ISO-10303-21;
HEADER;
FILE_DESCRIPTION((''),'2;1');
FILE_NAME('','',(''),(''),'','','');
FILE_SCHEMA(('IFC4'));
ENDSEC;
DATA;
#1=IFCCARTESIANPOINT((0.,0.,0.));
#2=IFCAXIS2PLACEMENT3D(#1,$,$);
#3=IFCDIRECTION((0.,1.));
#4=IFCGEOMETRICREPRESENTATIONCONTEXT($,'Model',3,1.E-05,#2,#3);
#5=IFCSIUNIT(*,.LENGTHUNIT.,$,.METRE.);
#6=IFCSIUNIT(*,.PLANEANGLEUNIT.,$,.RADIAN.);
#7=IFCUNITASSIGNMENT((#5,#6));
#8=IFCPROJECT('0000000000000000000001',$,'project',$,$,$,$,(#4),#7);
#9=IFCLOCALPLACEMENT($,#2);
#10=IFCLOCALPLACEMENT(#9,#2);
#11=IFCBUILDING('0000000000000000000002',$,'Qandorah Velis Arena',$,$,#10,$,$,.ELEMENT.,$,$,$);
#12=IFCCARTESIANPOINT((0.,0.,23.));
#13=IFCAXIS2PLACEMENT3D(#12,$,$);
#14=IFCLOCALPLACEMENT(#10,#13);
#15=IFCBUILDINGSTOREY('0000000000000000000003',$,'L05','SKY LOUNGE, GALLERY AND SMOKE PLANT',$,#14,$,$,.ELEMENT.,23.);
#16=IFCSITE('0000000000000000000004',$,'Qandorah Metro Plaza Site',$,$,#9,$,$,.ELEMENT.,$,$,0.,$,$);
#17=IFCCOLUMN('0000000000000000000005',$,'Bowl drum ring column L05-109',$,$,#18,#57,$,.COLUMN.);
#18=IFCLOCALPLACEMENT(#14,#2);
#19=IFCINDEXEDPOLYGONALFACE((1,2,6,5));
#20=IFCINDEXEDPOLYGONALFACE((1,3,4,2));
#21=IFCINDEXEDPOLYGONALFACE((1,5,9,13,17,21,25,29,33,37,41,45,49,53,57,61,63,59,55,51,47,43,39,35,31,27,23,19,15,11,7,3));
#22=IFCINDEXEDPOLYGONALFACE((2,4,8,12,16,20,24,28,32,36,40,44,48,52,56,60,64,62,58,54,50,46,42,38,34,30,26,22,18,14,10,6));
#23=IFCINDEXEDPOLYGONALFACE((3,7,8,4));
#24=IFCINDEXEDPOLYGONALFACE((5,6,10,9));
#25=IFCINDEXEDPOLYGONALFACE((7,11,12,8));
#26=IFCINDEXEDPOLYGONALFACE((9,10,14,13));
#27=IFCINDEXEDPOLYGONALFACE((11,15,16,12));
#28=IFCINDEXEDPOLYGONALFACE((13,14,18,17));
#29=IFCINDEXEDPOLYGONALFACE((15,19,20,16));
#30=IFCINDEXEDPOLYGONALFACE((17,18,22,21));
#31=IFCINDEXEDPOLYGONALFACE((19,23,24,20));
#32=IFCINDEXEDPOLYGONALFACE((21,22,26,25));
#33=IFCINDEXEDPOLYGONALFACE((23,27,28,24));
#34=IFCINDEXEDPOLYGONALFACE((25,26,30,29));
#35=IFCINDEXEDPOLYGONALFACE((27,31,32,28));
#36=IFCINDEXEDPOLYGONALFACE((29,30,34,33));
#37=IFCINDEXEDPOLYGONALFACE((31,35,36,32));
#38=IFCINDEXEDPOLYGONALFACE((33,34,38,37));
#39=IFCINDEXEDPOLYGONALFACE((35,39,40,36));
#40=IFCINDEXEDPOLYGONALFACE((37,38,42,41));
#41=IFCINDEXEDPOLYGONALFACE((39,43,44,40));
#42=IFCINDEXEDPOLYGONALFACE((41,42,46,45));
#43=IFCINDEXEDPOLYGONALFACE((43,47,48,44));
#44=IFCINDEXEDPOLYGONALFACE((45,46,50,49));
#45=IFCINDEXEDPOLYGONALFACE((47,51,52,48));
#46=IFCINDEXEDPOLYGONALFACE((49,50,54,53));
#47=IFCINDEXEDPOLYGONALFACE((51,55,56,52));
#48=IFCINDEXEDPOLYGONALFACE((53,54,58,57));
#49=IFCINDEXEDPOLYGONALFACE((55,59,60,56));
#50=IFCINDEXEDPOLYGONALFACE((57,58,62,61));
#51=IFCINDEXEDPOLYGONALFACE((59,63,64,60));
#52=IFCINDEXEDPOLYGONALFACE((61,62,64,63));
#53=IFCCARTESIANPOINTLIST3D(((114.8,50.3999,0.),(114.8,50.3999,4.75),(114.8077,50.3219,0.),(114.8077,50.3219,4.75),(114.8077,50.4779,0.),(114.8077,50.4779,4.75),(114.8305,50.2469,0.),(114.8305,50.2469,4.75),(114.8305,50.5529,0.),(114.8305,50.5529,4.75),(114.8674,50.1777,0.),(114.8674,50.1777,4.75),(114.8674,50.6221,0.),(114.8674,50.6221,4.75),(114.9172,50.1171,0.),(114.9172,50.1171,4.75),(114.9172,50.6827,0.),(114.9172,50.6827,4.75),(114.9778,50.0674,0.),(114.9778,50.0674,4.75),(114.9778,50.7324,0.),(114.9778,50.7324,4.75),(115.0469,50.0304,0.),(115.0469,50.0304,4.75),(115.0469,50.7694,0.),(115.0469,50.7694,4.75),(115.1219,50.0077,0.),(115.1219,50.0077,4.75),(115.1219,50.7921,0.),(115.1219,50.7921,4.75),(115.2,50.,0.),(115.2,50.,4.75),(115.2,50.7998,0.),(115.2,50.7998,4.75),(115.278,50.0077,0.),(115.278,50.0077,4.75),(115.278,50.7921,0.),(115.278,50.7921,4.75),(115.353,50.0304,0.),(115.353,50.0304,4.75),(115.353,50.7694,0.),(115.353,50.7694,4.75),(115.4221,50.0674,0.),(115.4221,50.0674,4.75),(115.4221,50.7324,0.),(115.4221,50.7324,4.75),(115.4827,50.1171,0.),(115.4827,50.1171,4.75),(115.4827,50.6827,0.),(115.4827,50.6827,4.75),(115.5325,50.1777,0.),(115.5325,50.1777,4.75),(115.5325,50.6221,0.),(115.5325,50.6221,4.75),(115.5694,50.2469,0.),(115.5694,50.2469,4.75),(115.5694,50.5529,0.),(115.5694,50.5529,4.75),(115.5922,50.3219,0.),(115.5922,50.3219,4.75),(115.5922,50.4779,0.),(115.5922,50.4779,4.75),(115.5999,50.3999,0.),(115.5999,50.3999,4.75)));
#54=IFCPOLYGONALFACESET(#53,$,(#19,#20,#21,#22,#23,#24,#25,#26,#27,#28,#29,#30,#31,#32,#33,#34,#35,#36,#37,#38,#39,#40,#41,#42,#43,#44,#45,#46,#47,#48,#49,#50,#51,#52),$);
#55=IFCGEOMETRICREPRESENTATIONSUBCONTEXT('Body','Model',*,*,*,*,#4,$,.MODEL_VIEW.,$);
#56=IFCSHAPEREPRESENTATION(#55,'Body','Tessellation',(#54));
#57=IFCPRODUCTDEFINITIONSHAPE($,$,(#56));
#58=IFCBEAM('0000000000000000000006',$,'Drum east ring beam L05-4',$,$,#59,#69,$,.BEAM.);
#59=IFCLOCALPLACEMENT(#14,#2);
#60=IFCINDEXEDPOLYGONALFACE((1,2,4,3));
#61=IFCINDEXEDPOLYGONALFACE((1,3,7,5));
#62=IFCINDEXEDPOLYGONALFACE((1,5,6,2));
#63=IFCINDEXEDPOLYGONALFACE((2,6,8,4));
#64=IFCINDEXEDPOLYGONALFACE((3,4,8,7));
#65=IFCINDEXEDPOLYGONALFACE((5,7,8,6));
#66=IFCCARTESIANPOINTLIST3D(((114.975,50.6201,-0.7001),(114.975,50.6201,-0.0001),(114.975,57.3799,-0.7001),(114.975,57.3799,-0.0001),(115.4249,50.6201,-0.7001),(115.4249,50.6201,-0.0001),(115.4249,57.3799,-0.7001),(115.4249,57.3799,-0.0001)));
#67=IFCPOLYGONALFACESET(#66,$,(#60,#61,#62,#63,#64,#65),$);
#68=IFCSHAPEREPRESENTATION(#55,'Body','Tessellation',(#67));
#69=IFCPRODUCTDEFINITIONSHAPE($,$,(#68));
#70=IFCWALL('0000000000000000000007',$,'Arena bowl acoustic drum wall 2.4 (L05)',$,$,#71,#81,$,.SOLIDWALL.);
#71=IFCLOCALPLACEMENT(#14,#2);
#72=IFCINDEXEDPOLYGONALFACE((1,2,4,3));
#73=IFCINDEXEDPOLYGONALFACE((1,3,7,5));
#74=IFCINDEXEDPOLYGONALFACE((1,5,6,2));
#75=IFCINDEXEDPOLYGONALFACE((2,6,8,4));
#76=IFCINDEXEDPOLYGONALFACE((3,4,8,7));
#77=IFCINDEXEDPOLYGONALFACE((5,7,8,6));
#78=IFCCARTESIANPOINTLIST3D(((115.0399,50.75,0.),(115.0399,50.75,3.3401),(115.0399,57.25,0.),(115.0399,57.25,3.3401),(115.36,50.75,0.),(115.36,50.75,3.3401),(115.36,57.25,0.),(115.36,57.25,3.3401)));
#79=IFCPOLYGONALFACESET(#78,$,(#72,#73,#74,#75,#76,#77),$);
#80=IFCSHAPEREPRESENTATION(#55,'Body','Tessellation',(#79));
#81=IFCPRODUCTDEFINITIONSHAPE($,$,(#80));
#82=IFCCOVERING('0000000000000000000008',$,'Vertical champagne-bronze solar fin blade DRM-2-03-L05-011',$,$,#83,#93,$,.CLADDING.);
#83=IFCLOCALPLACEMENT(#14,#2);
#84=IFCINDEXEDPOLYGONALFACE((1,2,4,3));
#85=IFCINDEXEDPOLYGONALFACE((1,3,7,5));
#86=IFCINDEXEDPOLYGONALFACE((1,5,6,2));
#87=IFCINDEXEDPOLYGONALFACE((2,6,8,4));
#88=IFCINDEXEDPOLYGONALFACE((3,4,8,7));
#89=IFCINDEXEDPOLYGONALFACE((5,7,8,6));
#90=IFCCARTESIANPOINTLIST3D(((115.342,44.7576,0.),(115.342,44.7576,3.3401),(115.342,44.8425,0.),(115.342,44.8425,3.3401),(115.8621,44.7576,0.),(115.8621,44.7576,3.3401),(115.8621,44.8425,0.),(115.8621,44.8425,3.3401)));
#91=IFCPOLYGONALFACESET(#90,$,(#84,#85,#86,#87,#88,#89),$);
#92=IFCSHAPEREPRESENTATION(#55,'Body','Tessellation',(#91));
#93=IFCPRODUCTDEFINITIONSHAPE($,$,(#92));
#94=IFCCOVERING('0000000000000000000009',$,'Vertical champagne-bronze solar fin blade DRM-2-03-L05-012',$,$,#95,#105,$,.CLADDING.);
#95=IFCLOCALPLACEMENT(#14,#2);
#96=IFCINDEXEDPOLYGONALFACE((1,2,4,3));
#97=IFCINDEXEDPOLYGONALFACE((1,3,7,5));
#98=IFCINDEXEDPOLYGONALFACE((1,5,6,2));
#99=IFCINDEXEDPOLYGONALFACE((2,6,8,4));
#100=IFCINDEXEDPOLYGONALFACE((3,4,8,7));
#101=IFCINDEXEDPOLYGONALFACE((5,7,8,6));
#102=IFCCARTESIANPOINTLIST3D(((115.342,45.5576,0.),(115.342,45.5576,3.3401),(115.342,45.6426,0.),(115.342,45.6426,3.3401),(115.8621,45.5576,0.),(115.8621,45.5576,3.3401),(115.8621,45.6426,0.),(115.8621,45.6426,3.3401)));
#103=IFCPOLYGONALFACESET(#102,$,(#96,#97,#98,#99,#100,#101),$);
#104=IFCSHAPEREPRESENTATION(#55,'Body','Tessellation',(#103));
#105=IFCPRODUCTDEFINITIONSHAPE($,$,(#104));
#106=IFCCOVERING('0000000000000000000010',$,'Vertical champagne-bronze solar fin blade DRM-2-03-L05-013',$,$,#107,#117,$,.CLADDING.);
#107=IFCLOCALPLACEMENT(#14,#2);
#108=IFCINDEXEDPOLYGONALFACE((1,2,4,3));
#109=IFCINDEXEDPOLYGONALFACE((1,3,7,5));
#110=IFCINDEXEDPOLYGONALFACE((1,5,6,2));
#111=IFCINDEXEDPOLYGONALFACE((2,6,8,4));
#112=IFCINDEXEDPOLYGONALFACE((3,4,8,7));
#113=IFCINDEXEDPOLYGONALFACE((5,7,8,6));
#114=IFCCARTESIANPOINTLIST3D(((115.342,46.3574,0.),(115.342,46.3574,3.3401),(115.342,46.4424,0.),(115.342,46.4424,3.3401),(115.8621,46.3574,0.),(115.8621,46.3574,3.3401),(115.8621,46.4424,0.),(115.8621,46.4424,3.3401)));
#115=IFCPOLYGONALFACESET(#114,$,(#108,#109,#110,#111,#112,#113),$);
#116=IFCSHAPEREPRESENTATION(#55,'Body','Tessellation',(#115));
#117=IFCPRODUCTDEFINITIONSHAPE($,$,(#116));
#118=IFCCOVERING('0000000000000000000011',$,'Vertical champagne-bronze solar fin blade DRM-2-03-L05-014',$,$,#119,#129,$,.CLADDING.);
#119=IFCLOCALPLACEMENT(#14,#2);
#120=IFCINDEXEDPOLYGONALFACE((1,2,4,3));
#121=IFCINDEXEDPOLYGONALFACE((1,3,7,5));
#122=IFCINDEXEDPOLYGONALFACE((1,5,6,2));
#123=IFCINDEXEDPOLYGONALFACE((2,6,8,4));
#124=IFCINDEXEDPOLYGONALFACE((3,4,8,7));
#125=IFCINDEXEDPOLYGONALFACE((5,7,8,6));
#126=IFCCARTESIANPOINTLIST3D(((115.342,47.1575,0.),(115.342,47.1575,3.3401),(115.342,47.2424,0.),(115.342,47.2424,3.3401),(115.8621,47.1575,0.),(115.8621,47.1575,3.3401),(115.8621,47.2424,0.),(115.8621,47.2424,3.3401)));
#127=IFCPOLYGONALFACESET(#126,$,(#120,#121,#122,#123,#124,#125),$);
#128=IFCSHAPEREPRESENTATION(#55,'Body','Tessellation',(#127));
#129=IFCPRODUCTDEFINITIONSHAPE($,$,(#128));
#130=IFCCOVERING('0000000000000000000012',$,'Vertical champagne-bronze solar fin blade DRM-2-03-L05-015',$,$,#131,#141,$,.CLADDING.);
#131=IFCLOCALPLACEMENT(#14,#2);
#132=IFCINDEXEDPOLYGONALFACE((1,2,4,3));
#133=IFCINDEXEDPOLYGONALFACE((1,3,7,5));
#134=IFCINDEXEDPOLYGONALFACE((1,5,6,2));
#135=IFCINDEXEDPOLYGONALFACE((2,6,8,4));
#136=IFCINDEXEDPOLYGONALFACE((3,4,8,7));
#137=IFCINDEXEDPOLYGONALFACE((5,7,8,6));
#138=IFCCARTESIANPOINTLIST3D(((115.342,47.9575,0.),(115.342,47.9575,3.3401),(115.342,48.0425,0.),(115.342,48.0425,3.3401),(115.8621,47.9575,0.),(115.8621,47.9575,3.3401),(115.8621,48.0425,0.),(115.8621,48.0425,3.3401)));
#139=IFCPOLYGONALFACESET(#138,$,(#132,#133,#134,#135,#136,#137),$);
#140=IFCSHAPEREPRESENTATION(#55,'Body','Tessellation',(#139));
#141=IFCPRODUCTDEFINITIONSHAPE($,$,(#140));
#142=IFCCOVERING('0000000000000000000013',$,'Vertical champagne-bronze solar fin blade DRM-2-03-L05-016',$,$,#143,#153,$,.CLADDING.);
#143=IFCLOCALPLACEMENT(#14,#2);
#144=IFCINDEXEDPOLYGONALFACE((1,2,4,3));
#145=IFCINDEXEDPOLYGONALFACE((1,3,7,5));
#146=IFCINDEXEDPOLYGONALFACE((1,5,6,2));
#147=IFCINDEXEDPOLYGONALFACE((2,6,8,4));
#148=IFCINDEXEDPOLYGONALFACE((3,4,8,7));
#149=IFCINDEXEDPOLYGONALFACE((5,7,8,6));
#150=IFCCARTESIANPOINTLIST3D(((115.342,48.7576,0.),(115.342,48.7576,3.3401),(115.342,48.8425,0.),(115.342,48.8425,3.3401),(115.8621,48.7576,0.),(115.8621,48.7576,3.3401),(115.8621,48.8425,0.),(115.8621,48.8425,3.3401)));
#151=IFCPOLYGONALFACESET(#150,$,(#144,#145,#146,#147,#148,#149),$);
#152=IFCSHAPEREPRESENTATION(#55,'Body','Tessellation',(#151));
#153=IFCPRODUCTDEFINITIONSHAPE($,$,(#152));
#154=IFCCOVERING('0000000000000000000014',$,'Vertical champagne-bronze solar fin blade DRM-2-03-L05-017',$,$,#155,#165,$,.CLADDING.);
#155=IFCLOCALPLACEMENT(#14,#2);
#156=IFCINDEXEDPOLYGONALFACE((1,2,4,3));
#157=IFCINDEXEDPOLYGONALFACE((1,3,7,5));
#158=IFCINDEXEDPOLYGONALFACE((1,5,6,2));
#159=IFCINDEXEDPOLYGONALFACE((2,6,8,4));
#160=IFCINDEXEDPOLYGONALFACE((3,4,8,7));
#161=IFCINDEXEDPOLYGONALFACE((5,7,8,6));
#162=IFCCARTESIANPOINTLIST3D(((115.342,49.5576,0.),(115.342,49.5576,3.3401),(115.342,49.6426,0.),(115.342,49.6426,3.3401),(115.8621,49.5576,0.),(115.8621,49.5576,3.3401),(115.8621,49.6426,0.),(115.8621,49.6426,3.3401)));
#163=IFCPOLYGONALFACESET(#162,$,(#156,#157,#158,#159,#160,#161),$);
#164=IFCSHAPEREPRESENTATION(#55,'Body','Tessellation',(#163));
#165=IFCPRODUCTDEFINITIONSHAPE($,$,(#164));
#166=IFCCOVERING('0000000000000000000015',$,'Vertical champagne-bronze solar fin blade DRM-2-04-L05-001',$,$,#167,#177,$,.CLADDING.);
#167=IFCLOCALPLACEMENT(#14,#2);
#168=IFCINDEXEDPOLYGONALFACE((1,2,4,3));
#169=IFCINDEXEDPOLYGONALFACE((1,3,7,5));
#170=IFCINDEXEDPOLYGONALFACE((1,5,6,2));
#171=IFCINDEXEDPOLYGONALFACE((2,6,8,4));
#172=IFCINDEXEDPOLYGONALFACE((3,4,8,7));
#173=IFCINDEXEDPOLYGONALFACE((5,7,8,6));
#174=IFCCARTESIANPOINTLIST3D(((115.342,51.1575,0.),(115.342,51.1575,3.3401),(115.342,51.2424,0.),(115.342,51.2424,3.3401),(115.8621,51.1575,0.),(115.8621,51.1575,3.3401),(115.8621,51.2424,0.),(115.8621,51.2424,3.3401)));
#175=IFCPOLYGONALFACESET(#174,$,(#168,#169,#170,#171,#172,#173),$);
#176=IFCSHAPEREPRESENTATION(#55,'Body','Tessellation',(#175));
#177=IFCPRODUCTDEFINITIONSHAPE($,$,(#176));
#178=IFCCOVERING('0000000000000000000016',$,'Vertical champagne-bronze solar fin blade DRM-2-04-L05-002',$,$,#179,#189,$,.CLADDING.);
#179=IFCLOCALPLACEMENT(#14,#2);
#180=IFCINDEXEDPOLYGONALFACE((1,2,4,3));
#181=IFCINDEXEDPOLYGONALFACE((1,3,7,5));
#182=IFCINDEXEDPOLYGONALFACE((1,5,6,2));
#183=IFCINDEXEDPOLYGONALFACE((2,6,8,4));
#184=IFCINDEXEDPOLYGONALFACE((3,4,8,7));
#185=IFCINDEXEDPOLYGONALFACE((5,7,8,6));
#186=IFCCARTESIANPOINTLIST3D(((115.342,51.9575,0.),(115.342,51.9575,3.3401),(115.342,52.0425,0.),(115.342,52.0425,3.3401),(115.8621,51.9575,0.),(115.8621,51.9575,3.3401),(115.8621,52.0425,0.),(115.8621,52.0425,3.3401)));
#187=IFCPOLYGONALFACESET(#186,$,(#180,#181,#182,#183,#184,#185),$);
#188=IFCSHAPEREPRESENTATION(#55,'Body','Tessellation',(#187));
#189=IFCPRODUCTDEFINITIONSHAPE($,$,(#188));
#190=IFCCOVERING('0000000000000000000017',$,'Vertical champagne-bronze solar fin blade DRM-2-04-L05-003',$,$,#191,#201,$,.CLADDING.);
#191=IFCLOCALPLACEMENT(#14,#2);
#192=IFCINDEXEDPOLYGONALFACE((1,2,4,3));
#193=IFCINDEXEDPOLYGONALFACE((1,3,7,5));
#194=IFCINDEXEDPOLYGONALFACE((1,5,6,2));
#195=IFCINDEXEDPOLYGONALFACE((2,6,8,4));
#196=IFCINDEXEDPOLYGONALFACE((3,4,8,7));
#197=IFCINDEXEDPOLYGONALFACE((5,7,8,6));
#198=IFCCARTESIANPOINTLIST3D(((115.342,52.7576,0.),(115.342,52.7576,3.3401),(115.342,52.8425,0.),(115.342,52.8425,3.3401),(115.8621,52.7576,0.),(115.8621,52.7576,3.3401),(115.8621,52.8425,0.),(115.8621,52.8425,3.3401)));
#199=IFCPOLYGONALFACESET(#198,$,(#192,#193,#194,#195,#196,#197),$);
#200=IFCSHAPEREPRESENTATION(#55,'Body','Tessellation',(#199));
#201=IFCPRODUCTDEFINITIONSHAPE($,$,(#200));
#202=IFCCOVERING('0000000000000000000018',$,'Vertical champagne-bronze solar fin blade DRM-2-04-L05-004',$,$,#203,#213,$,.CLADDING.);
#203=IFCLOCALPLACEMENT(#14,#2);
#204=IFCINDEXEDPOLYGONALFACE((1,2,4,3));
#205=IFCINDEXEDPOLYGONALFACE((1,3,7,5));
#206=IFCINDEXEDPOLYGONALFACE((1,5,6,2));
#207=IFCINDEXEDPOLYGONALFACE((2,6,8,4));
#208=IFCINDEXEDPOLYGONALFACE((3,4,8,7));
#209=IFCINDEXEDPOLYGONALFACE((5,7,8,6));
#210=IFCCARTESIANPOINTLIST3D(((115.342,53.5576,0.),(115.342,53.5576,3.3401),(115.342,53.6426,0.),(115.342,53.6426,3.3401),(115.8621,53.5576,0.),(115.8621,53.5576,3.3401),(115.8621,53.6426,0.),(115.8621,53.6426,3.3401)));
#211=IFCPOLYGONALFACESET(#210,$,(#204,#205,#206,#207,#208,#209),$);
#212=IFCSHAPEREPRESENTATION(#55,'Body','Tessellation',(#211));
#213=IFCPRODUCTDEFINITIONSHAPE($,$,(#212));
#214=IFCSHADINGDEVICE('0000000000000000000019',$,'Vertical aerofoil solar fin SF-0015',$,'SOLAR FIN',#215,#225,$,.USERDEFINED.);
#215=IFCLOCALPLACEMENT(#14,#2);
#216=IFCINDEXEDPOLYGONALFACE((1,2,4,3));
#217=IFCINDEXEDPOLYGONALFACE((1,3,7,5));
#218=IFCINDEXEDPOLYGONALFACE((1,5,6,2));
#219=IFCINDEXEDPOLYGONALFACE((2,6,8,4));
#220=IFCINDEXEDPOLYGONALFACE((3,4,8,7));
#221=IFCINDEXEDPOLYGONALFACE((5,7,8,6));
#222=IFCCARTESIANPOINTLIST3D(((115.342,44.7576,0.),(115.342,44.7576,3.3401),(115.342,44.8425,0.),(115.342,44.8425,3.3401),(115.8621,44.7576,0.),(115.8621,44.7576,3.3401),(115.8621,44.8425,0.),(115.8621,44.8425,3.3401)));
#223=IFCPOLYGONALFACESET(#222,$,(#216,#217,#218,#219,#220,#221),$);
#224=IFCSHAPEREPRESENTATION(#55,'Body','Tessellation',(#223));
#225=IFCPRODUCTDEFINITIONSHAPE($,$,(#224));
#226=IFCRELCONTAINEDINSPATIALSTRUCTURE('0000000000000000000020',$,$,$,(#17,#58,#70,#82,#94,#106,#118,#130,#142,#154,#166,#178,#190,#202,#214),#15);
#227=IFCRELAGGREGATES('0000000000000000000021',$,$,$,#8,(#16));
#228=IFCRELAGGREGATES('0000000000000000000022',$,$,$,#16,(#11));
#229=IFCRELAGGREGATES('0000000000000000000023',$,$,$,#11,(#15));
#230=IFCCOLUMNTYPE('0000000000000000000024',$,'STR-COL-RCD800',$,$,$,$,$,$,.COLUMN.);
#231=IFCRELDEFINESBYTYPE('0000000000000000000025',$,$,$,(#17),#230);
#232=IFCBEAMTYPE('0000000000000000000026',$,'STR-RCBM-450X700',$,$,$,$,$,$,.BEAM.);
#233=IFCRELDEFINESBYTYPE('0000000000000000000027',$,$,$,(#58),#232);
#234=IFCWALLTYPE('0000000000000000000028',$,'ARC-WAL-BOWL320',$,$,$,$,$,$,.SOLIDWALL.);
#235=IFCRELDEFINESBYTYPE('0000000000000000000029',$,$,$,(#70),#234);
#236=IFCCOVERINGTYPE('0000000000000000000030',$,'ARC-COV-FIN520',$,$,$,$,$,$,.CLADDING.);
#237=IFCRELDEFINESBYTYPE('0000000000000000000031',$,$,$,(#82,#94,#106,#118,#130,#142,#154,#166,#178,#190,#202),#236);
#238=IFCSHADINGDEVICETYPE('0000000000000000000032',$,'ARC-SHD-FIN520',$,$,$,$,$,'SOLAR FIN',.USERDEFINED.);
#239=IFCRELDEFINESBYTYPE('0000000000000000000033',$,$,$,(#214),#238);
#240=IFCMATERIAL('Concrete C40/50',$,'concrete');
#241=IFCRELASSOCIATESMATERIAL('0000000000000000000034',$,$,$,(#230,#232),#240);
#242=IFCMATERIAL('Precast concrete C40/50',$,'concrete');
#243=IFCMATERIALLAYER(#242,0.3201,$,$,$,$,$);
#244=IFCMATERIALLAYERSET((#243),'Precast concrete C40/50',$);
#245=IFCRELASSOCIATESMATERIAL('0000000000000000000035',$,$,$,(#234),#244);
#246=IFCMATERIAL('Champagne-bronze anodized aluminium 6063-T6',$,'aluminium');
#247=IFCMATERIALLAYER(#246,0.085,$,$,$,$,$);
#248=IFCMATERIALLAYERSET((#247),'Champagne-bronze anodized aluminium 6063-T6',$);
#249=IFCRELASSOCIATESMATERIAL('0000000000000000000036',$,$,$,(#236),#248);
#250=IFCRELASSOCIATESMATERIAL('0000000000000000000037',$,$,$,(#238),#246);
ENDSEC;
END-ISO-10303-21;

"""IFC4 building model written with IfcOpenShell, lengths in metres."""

from ifc_helpers import new_model, si_unit, direction, frame, frame_2d, origin, origin_2d, place, context, subcontext, project, spatial, rectangle, circle, extrude, material, layer, layer_set, material_profile, profile_set, type_object, element, save


model = new_model("IFC4")

# Units and contexts
model_context = context("Model", 3, precision=1e-05, world=origin(), true_north=direction((0.0, 1.0)))
body_context = subcontext(model_context, "Body", "Model", "MODEL_VIEW")
ifc_project = project(units=[si_unit("LENGTHUNIT", "METRE"), si_unit("PLANEANGLEUNIT", "RADIAN")], contexts=[model_context])

# Site, building, storey
site_placement = place(None, origin())
site = spatial("IfcSite", under=ifc_project, at=site_placement, Name="Qandorah Metro Plaza Site", CompositionType="ELEMENT", RefElevation=0.0)
building_placement = place(site_placement, origin())
building = spatial("IfcBuilding", under=site, at=building_placement, Name="Qandorah Velis Arena", CompositionType="ELEMENT")
storey_placement = place(building_placement, frame((0.0, 0.0, 23.0)))
storey = spatial("IfcBuildingStorey", under=building, at=storey_placement, Name="L05", Description="SKY LOUNGE, GALLERY AND SMOKE PLANT", CompositionType="ELEMENT", Elevation=23.0)

# Column
ifc_material_1 = material(Name="Concrete C40/50", Category="concrete")
ifc_material_profile_1 = material_profile(ifc_material_1, circle(Radius=0.3999, at=origin_2d()), Name="RC D800")
ifc_profile_set_1 = profile_set([ifc_material_profile_1], Name="Concrete C40/50")
column_type = type_object("IfcColumnType", Name="STR-COL-RCD800", PredefinedType="COLUMN", material=ifc_profile_set_1)
column_placement = place(storey_placement, frame((115.2, 50.3999, 0.0), z_axis=(0.0, 0.0, 1.0), x_axis=(1.0, 0.0, 0.0)))
element("IfcColumn", 1, at=column_placement, inside=storey, type_object=column_type, Name="Bowl drum ring column L05-109", PredefinedType="COLUMN", context=body_context, shape_type="SweptSolid", body=[
    extrude(circle(Radius=0.3999, at=origin_2d()), origin(), (0.0, 0.0, 1.0), 4.75),
])

# Beam
ifc_material_profile_2 = material_profile(ifc_material_1, rectangle(XDim=0.45, YDim=0.7, at=origin_2d()), Name="RC BM 450x700")
ifc_profile_set_2 = profile_set([ifc_material_profile_2], Name="Concrete C40/50")
beam_type = type_object("IfcBeamType", Name="STR-RCBM-450X700", PredefinedType="BEAM", material=ifc_profile_set_2)
beam_placement = place(storey_placement, frame((115.2, 50.6201, -0.3501), z_axis=(0.0, 1.0, 0.0), x_axis=(-1.0, 0.0, 0.0)))
element("IfcBeam", 2, at=beam_placement, inside=storey, type_object=beam_type, Name="Drum east ring beam L05-4", PredefinedType="BEAM", context=body_context, shape_type="SweptSolid", body=[
    extrude(rectangle(XDim=0.45, YDim=0.7, at=origin_2d()), origin(), (0.0, 0.0, 1.0), 6.7598),
])

# Wall
ifc_material_2 = material(Name="Precast concrete C40/50", Category="concrete")
ifc_layer_1 = layer(ifc_material_2, 0.3201)
ifc_layer_set_1 = layer_set([ifc_layer_1], Name="Precast concrete C40/50")
wall_type = type_object("IfcWallType", Name="ARC-WAL-BOWL320", PredefinedType="SOLIDWALL", material=ifc_layer_set_1)
wall_placement = place(storey_placement, frame((115.2, 50.75, 0.0), z_axis=(0.0, 0.0, 1.0), x_axis=(0.0, 1.0, 0.0)))
element("IfcWall", 3, at=wall_placement, inside=storey, type_object=wall_type, Name="Arena bowl acoustic drum wall 2.4 (L05)", PredefinedType="SOLIDWALL", context=body_context, shape_type="SweptSolid", body=[
    extrude(rectangle(XDim=6.5, YDim=0.3201, at=frame_2d((3.25, 0.0))), origin(), (0.0, 0.0, 1.0), 3.3401),
])

# Coverings
ifc_material_3 = material(Name="Champagne-bronze anodized aluminium 6063-T6", Category="aluminium")
ifc_layer_2 = layer(ifc_material_3, 0.085)
ifc_layer_set_2 = layer_set([ifc_layer_2], Name="Champagne-bronze anodized aluminium 6063-T6")
covering_type = type_object("IfcCoveringType", Name="ARC-COV-FIN520", PredefinedType="CLADDING", material=ifc_layer_set_2)
for number, where, z_axis, x_axis, name in (
    (4, (115.6021, 44.8, 0.0), (0.0, 0.0, 1.0), (1.0, 0.0, 0.0), "Vertical champagne-bronze solar fin blade DRM-2-03-L05-011"),
    (5, (115.6021, 45.6001, 0.0), (0.0, 0.0, 1.0), (1.0, 0.0, 0.0), "Vertical champagne-bronze solar fin blade DRM-2-03-L05-012"),
    (6, (115.6021, 46.3999, 0.0), (0.0, 0.0, 1.0), (1.0, 0.0, 0.0), "Vertical champagne-bronze solar fin blade DRM-2-03-L05-013"),
    (7, (115.6021, 47.2, 0.0), (0.0, 0.0, 1.0), (1.0, 0.0, 0.0), "Vertical champagne-bronze solar fin blade DRM-2-03-L05-014"),
    (8, (115.6021, 48.0, 0.0), (0.0, 0.0, 1.0), (1.0, 0.0, 0.0), "Vertical champagne-bronze solar fin blade DRM-2-03-L05-015"),
    (9, (115.6021, 48.8, 0.0), (0.0, 0.0, 1.0), (1.0, 0.0, 0.0), "Vertical champagne-bronze solar fin blade DRM-2-03-L05-016"),
    (10, (115.6021, 49.6001, 0.0), (0.0, 0.0, 1.0), (1.0, 0.0, 0.0), "Vertical champagne-bronze solar fin blade DRM-2-03-L05-017"),
    (11, (115.6021, 51.2, 0.0), (0.0, 0.0, 1.0), (1.0, 0.0, 0.0), "Vertical champagne-bronze solar fin blade DRM-2-04-L05-001"),
    (12, (115.6021, 52.0, 0.0), (0.0, 0.0, 1.0), (1.0, 0.0, 0.0), "Vertical champagne-bronze solar fin blade DRM-2-04-L05-002"),
    (13, (115.6021, 52.8, 0.0), (0.0, 0.0, 1.0), (1.0, 0.0, 0.0), "Vertical champagne-bronze solar fin blade DRM-2-04-L05-003"),
    (14, (115.6021, 53.6001, 0.0), (0.0, 0.0, 1.0), (1.0, 0.0, 0.0), "Vertical champagne-bronze solar fin blade DRM-2-04-L05-004"),
):
    element("IfcCovering", number, at=place(storey_placement, frame(where, z_axis=z_axis, x_axis=x_axis)), inside=storey, type_object=covering_type, Name=name, PredefinedType="CLADDING", context=body_context, shape_type="SweptSolid", body=[
        extrude(rectangle(XDim=0.52, YDim=0.085, at=origin_2d()), origin(), (0.0, 0.0, 1.0), 3.3401),
    ])

# Shading device
shading_device_type = type_object("IfcShadingDeviceType", Name="ARC-SHD-FIN520", ElementType="SOLAR FIN", PredefinedType="USERDEFINED", material=ifc_material_3)
for number, where, z_axis, x_axis, name in (
    (15, (115.6021, 44.8, 0.0), (0.0, 0.0, 1.0), (1.0, 0.0, 0.0), "Vertical aerofoil solar fin SF-0015"),
):
    element("IfcShadingDevice", number, at=place(storey_placement, frame(where, z_axis=z_axis, x_axis=x_axis)), inside=storey, type_object=shading_device_type, Name=name, ObjectType="SOLAR FIN", PredefinedType="USERDEFINED", context=body_context, shape_type="SweptSolid", body=[
        extrude(rectangle(XDim=0.52, YDim=0.085, at=origin_2d()), origin(), (0.0, 0.0, 1.0), 3.3401),
    ])

save(model, "model.ifc")
